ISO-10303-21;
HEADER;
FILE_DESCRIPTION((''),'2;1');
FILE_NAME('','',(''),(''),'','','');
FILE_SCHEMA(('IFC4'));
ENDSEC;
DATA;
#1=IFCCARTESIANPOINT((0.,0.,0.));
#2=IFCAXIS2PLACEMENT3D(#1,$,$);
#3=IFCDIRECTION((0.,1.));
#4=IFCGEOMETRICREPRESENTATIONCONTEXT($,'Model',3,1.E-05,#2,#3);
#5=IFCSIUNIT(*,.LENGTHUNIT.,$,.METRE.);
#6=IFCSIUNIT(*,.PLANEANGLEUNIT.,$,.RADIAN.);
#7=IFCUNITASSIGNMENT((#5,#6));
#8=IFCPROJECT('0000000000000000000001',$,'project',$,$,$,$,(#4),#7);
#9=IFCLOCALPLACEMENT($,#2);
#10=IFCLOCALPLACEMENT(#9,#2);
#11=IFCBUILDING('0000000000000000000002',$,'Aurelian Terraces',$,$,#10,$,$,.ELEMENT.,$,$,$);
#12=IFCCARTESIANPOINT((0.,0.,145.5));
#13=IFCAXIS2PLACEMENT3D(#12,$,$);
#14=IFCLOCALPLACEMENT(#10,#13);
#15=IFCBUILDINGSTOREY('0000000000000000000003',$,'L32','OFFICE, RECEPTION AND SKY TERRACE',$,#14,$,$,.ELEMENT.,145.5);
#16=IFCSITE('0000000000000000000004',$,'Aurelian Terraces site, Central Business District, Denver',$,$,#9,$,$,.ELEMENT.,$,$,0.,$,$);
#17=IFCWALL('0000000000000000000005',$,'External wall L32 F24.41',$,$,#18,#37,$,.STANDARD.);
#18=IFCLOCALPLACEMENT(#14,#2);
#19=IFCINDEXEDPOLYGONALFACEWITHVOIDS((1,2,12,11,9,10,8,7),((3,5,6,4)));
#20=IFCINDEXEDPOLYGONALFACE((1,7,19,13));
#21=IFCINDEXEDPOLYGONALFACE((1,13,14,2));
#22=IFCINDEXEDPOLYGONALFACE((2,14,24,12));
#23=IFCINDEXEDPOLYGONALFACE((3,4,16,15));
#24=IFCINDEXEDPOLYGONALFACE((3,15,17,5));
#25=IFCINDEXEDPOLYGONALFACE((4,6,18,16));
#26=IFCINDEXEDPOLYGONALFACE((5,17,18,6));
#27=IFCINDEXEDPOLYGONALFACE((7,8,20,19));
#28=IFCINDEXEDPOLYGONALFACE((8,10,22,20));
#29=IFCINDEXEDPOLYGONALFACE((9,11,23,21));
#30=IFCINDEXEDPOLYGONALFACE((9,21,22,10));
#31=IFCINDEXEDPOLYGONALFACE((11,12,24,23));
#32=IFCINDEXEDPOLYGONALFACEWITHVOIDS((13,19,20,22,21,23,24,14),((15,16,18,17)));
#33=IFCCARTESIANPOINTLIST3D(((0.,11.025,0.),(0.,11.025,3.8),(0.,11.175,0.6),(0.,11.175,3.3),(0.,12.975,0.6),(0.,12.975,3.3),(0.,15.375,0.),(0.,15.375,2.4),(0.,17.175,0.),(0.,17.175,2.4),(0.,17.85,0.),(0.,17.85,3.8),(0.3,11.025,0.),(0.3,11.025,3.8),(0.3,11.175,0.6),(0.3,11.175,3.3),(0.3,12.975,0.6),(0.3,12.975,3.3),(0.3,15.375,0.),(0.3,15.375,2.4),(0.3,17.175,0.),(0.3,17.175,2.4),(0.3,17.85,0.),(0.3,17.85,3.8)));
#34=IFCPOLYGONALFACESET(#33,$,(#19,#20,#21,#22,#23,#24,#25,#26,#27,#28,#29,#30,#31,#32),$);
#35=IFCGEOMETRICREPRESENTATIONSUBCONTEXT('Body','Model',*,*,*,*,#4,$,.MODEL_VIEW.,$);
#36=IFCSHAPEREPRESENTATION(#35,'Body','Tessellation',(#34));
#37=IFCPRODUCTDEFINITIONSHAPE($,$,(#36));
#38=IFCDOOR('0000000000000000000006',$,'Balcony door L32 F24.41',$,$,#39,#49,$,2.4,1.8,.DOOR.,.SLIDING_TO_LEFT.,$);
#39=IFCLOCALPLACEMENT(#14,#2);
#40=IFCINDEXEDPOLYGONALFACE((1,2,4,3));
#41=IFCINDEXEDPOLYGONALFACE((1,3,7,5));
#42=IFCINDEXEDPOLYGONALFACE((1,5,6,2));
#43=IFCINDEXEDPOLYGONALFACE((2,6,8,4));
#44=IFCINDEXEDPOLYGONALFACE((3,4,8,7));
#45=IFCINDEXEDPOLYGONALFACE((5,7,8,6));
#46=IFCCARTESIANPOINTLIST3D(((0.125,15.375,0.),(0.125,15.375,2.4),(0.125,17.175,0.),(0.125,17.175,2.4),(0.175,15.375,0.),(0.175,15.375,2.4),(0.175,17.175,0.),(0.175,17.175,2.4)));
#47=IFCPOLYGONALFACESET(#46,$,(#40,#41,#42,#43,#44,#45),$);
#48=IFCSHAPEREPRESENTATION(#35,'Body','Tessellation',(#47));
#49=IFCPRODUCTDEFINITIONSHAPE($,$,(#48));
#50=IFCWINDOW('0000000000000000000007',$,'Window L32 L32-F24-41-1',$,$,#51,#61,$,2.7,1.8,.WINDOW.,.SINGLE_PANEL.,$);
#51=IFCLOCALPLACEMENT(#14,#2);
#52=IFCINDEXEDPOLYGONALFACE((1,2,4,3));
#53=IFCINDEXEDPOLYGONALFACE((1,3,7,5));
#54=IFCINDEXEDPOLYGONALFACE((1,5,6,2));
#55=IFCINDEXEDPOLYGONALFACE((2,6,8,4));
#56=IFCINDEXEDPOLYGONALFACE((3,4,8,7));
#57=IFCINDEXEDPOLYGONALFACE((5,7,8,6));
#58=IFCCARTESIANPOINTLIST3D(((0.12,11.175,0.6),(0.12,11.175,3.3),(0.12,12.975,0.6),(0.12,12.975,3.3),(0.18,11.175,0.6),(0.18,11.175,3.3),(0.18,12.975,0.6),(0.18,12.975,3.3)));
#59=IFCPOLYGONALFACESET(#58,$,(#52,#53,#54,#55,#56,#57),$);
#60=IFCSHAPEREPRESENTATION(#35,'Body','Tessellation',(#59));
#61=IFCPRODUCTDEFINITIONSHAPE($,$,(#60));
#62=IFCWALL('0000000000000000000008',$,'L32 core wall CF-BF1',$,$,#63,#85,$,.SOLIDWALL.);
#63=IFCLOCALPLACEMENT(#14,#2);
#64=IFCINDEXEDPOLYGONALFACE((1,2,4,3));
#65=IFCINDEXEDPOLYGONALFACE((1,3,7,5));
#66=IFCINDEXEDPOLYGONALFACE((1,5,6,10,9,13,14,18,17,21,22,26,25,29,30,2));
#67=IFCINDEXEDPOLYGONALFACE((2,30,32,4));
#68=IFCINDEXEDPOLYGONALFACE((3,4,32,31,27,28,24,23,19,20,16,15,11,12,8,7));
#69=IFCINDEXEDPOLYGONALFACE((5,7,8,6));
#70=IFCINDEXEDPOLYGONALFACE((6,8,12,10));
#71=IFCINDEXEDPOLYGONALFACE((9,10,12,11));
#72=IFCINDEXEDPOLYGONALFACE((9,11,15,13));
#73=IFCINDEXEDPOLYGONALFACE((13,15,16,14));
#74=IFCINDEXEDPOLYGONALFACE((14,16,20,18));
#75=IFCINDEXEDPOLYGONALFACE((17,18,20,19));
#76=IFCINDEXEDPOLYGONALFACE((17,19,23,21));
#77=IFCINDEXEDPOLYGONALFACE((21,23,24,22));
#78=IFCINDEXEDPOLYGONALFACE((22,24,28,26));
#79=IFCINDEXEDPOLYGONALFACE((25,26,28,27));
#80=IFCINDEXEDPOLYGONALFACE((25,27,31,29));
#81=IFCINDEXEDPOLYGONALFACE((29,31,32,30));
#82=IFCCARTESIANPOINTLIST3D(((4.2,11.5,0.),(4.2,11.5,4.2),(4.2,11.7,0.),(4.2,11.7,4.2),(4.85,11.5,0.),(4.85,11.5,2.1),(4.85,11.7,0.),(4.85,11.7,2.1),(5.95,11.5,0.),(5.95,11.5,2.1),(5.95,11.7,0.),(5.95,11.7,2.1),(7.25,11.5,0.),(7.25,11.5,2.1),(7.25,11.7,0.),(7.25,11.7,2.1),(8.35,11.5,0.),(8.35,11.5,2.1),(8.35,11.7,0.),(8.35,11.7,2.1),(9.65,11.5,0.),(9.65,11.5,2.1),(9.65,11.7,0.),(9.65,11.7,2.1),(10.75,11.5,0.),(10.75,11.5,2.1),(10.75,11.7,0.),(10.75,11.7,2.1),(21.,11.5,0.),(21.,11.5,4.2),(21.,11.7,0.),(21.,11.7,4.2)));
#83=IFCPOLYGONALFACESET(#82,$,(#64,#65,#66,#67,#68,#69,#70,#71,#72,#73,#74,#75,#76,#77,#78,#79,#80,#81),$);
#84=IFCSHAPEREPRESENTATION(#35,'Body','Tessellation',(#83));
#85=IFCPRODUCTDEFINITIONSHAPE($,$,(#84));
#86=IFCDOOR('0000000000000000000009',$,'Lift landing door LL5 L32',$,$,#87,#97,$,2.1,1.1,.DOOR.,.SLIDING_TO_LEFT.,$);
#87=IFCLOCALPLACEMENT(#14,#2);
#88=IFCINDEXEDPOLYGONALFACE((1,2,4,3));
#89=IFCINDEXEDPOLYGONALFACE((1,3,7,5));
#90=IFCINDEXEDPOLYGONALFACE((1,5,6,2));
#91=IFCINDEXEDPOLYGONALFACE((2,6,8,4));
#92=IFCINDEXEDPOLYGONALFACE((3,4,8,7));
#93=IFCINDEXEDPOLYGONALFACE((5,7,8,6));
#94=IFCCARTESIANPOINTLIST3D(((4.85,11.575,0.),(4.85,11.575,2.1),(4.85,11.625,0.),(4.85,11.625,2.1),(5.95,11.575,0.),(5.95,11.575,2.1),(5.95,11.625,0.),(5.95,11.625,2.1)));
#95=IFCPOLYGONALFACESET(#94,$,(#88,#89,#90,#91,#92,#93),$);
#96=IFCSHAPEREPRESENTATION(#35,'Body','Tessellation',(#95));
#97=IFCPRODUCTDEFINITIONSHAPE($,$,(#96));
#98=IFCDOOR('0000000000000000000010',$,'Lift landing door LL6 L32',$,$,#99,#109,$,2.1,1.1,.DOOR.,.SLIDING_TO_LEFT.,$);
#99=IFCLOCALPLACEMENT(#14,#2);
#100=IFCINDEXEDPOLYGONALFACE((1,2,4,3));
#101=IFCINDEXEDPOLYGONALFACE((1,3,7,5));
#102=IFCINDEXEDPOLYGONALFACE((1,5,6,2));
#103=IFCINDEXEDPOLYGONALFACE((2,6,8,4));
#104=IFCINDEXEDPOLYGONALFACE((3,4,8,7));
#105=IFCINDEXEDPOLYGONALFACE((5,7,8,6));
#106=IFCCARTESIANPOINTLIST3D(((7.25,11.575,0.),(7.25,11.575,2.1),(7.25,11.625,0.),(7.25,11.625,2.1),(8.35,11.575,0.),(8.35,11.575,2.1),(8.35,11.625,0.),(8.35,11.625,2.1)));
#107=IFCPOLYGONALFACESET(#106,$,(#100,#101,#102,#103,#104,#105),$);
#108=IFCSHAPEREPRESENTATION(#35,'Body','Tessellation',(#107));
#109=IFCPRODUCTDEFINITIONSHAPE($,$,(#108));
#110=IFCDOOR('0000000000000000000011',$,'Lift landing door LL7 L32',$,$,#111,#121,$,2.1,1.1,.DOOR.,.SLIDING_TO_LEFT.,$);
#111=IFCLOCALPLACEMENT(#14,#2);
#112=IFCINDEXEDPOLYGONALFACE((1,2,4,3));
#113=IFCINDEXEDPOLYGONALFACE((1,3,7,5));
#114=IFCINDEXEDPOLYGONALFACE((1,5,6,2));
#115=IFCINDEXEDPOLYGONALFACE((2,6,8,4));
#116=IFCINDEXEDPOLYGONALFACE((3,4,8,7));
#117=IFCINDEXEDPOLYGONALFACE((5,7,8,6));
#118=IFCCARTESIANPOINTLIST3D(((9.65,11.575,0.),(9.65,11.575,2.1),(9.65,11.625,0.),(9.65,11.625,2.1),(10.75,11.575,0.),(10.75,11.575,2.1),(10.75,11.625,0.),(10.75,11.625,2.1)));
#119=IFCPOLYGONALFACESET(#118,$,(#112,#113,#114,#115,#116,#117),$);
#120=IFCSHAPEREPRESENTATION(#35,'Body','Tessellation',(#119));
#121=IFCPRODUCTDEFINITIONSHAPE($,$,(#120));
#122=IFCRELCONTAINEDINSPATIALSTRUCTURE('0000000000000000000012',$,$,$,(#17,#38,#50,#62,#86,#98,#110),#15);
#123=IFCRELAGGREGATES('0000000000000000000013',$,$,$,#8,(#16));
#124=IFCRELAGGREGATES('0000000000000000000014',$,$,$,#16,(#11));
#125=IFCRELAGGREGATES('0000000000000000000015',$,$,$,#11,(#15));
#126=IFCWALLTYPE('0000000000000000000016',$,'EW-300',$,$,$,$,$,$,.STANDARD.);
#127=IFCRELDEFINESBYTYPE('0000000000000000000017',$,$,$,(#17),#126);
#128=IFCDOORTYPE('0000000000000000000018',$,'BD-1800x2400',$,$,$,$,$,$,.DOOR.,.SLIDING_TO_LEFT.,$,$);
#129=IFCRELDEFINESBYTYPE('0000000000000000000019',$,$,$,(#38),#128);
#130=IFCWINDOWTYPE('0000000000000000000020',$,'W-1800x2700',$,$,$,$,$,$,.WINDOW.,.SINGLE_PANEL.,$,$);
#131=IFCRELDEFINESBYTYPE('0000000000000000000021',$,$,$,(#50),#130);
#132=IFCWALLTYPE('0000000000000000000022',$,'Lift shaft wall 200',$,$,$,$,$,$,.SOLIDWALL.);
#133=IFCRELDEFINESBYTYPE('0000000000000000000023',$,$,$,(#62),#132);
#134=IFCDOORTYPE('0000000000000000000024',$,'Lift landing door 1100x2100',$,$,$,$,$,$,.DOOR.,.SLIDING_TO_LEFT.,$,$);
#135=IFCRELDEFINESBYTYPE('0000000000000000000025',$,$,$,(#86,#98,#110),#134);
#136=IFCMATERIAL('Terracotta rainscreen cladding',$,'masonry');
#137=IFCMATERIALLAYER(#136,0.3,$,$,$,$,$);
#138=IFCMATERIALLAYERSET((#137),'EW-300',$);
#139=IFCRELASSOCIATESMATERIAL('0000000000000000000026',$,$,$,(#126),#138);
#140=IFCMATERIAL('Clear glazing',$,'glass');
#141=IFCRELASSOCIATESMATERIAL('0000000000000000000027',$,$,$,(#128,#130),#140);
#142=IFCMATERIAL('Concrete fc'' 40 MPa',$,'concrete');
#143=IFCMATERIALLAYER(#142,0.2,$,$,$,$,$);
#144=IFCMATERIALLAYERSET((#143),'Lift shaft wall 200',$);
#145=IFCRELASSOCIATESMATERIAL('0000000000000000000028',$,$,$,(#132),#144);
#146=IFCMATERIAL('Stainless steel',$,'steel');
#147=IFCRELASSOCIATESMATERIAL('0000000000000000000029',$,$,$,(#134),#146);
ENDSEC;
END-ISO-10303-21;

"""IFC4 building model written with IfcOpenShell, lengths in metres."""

from ifc_helpers import new_model, si_unit, direction, frame, frame_2d, origin, place, context, subcontext, project, spatial, rectangle, extrude, source, transform, mapped, material, layer, layer_set, type_object, element, fill, save


model = new_model("IFC4")

# Units and contexts
model_context = context("Model", 3, precision=1e-05, world=origin(), true_north=direction((0.0, 1.0)))
body_context = subcontext(model_context, "Body", "Model", "MODEL_VIEW")
ifc_project = project(units=[si_unit("LENGTHUNIT", "METRE"), si_unit("PLANEANGLEUNIT", "RADIAN")], contexts=[model_context])

# Site, building, storey
site_placement = place(None, origin())
site = spatial("IfcSite", under=ifc_project, at=site_placement, Name="Aurelian Terraces site, Central Business District, Denver", CompositionType="ELEMENT", RefElevation=0.0)
building_placement = place(site_placement, origin())
building = spatial("IfcBuilding", under=site, at=building_placement, Name="Aurelian Terraces", CompositionType="ELEMENT")
storey_placement = place(building_placement, frame((0.0, 0.0, 145.5)))
storey = spatial("IfcBuildingStorey", under=building, at=storey_placement, Name="L32", Description="OFFICE, RECEPTION AND SKY TERRACE", CompositionType="ELEMENT", Elevation=145.5)

# Wall, openings, door, window
ifc_material_1 = material(Name="Terracotta rainscreen cladding", Category="masonry")
ifc_layer_1 = layer(ifc_material_1, 0.3)
ifc_layer_set_1 = layer_set([ifc_layer_1], Name="EW-300")
wall_type_1 = type_object("IfcWallType", Name="EW-300", PredefinedType="STANDARD", material=ifc_layer_set_1)
shared_shape_1 = source(origin(), body_context, "Body", "SweptSolid", [
    extrude(rectangle(XDim=6.825, YDim=0.3, at=frame_2d((3.4125, 0.0))), origin(), (0.0, 0.0, 1.0), 3.8),
])
wall_1_placement = place(storey_placement, frame((0.15, 17.85, 0.0), z_axis=(0.0, 0.0, 1.0), x_axis=(0.0, -1.0, 0.0)))
wall_1 = element("IfcWall", 1, at=wall_1_placement, inside=storey, type_object=wall_type_1, Name="External wall L32 F24.41", PredefinedType="STANDARD", context=body_context, shape_type="MappedRepresentation", body=[
    mapped(shared_shape_1, transform((0.0, 0.0, 0.0), scale=1.0)),
])
shared_shape_2 = source(origin(), body_context, "Body", "SweptSolid", [
    extrude(rectangle(XDim=1.8, YDim=2.4, at=frame_2d((0.9, 1.2))), frame((0.0, 0.16, 0.0), z_axis=(0.0, -1.0, 0.0), x_axis=(1.0, 0.0, 0.0)), (0.0, 0.0, 1.0), 0.32),
])
opening_1_placement = place(wall_1_placement, frame((0.675, 0.0, 0.0)))
opening_1 = element("IfcOpeningElement", 2, at=opening_1_placement, cuts=wall_1, PredefinedType="OPENING", context=body_context, shape_type="MappedRepresentation", body=[
    mapped(shared_shape_2, transform((0.0, 0.0, 0.0), scale=1.0)),
])
shared_shape_3 = source(origin(), body_context, "Body", "SweptSolid", [
    extrude(rectangle(XDim=1.8, YDim=2.7, at=frame_2d((0.9, 1.35))), frame((0.0, 0.16, 0.0), z_axis=(0.0, -1.0, 0.0), x_axis=(1.0, 0.0, 0.0)), (0.0, 0.0, 1.0), 0.32),
])
opening_2_placement = place(wall_1_placement, frame((4.875, 0.0, 0.6)))
opening_2 = element("IfcOpeningElement", 3, at=opening_2_placement, cuts=wall_1, PredefinedType="OPENING", context=body_context, shape_type="MappedRepresentation", body=[
    mapped(shared_shape_3, transform((0.0, 0.0, 0.0), scale=1.0)),
])
ifc_material_2 = material(Name="Clear glazing", Category="glass")
door_type_1 = type_object("IfcDoorType", Name="BD-1800x2400", OperationType="SLIDING_TO_LEFT", PredefinedType="DOOR", material=ifc_material_2)
shared_shape_4 = source(origin(), body_context, "Body", "SweptSolid", [
    extrude(rectangle(XDim=1.8, YDim=2.4, at=frame_2d((0.9, 1.2))), frame((0.0, 0.025, 0.0), z_axis=(0.0, -1.0, 0.0), x_axis=(1.0, 0.0, 0.0)), (0.0, 0.0, 1.0), 0.05),
])
door_1_placement = place(opening_1_placement, origin())
door_1 = element("IfcDoor", 4, at=door_1_placement, inside=storey, type_object=door_type_1, Name="Balcony door L32 F24.41", OperationType="SLIDING_TO_LEFT", OverallHeight=2.4, OverallWidth=1.8, PredefinedType="DOOR", context=body_context, shape_type="MappedRepresentation", body=[
    mapped(shared_shape_4, transform((0.0, 0.0, 0.0), scale=1.0)),
])
fill(opening_1, door_1)
window_type = type_object("IfcWindowType", Name="W-1800x2700", PartitioningType="SINGLE_PANEL", PredefinedType="WINDOW", material=ifc_material_2)
shared_shape_5 = source(origin(), body_context, "Body", "SweptSolid", [
    extrude(rectangle(XDim=1.8, YDim=2.7, at=frame_2d((0.9, 1.35))), frame((0.0, 0.03, 0.0), z_axis=(0.0, -1.0, 0.0), x_axis=(1.0, 0.0, 0.0)), (0.0, 0.0, 1.0), 0.06),
])
window_placement = place(opening_2_placement, origin())
window = element("IfcWindow", 5, at=window_placement, inside=storey, type_object=window_type, Name="Window L32 L32-F24-41-1", OverallHeight=2.7, OverallWidth=1.8, PartitioningType="SINGLE_PANEL", PredefinedType="WINDOW", context=body_context, shape_type="MappedRepresentation", body=[
    mapped(shared_shape_5, transform((0.0, 0.0, 0.0), scale=1.0)),
])
fill(opening_2, window)

# Wall, openings, doors
ifc_material_3 = material(Name="Concrete fc' 40 MPa", Category="concrete")
ifc_layer_2 = layer(ifc_material_3, 0.2)
ifc_layer_set_2 = layer_set([ifc_layer_2], Name="Lift shaft wall 200")
wall_type_2 = type_object("IfcWallType", Name="Lift shaft wall 200", PredefinedType="SOLIDWALL", material=ifc_layer_set_2)
shared_shape_6 = source(origin(), body_context, "Body", "SweptSolid", [
    extrude(rectangle(XDim=16.8, YDim=0.2, at=frame_2d((8.4, 0.0))), origin(), (0.0, 0.0, 1.0), 4.2),
])
wall_2_placement = place(storey_placement, frame((4.2, 11.6, 0.0), z_axis=(0.0, 0.0, 1.0), x_axis=(1.0, 0.0, 0.0)))
wall_2 = element("IfcWall", 6, at=wall_2_placement, inside=storey, type_object=wall_type_2, Name="L32 core wall CF-BF1", PredefinedType="SOLIDWALL", context=body_context, shape_type="MappedRepresentation", body=[
    mapped(shared_shape_6, transform((0.0, 0.0, 0.0), scale=1.0)),
])
shared_shape_7 = source(origin(), body_context, "Body", "SweptSolid", [
    extrude(rectangle(XDim=1.1, YDim=2.1, at=frame_2d((0.55, 1.05))), frame((0.0, 0.11, 0.0), z_axis=(0.0, -1.0, 0.0), x_axis=(1.0, 0.0, 0.0)), (0.0, 0.0, 1.0), 0.22),
])
opening_3_placement = place(wall_2_placement, frame((0.65, 0.0, 0.0)))
opening_3 = element("IfcOpeningElement", 7, at=opening_3_placement, cuts=wall_2, PredefinedType="OPENING", context=body_context, shape_type="MappedRepresentation", body=[
    mapped(shared_shape_7, transform((0.0, 0.0, 0.0), scale=1.0)),
])
opening_4_placement = place(wall_2_placement, frame((3.05, 0.0, 0.0)))
opening_4 = element("IfcOpeningElement", 8, at=opening_4_placement, cuts=wall_2, PredefinedType="OPENING", context=body_context, shape_type="MappedRepresentation", body=[
    mapped(shared_shape_7, transform((0.0, 0.0, 0.0), scale=1.0)),
])
opening_5_placement = place(wall_2_placement, frame((5.45, 0.0, 0.0)))
opening_5 = element("IfcOpeningElement", 9, at=opening_5_placement, cuts=wall_2, PredefinedType="OPENING", context=body_context, shape_type="MappedRepresentation", body=[
    mapped(shared_shape_7, transform((0.0, 0.0, 0.0), scale=1.0)),
])
ifc_material_4 = material(Name="Stainless steel", Category="steel")
door_type_2 = type_object("IfcDoorType", Name="Lift landing door 1100x2100", OperationType="SLIDING_TO_LEFT", PredefinedType="DOOR", material=ifc_material_4)
shared_shape_8 = source(origin(), body_context, "Body", "SweptSolid", [
    extrude(rectangle(XDim=1.1, YDim=2.1, at=frame_2d((0.55, 1.05))), frame((0.0, 0.025, 0.0), z_axis=(0.0, -1.0, 0.0), x_axis=(1.0, 0.0, 0.0)), (0.0, 0.0, 1.0), 0.05),
])
door_2_placement = place(opening_3_placement, origin())
door_2 = element("IfcDoor", 10, at=door_2_placement, inside=storey, type_object=door_type_2, Name="Lift landing door LL5 L32", OperationType="SLIDING_TO_LEFT", OverallHeight=2.1, OverallWidth=1.1, PredefinedType="DOOR", context=body_context, shape_type="MappedRepresentation", body=[
    mapped(shared_shape_8, transform((0.0, 0.0, 0.0), scale=1.0)),
])
fill(opening_3, door_2)
door_3_placement = place(opening_4_placement, origin())
door_3 = element("IfcDoor", 11, at=door_3_placement, inside=storey, type_object=door_type_2, Name="Lift landing door LL6 L32", OperationType="SLIDING_TO_LEFT", OverallHeight=2.1, OverallWidth=1.1, PredefinedType="DOOR", context=body_context, shape_type="MappedRepresentation", body=[
    mapped(shared_shape_8, transform((0.0, 0.0, 0.0), scale=1.0)),
])
fill(opening_4, door_3)
door_4_placement = place(opening_5_placement, origin())
door_4 = element("IfcDoor", 12, at=door_4_placement, inside=storey, type_object=door_type_2, Name="Lift landing door LL7 L32", OperationType="SLIDING_TO_LEFT", OverallHeight=2.1, OverallWidth=1.1, PredefinedType="DOOR", context=body_context, shape_type="MappedRepresentation", body=[
    mapped(shared_shape_8, transform((0.0, 0.0, 0.0), scale=1.0)),
])
fill(opening_5, door_4)

save(model, "model.ifc")
